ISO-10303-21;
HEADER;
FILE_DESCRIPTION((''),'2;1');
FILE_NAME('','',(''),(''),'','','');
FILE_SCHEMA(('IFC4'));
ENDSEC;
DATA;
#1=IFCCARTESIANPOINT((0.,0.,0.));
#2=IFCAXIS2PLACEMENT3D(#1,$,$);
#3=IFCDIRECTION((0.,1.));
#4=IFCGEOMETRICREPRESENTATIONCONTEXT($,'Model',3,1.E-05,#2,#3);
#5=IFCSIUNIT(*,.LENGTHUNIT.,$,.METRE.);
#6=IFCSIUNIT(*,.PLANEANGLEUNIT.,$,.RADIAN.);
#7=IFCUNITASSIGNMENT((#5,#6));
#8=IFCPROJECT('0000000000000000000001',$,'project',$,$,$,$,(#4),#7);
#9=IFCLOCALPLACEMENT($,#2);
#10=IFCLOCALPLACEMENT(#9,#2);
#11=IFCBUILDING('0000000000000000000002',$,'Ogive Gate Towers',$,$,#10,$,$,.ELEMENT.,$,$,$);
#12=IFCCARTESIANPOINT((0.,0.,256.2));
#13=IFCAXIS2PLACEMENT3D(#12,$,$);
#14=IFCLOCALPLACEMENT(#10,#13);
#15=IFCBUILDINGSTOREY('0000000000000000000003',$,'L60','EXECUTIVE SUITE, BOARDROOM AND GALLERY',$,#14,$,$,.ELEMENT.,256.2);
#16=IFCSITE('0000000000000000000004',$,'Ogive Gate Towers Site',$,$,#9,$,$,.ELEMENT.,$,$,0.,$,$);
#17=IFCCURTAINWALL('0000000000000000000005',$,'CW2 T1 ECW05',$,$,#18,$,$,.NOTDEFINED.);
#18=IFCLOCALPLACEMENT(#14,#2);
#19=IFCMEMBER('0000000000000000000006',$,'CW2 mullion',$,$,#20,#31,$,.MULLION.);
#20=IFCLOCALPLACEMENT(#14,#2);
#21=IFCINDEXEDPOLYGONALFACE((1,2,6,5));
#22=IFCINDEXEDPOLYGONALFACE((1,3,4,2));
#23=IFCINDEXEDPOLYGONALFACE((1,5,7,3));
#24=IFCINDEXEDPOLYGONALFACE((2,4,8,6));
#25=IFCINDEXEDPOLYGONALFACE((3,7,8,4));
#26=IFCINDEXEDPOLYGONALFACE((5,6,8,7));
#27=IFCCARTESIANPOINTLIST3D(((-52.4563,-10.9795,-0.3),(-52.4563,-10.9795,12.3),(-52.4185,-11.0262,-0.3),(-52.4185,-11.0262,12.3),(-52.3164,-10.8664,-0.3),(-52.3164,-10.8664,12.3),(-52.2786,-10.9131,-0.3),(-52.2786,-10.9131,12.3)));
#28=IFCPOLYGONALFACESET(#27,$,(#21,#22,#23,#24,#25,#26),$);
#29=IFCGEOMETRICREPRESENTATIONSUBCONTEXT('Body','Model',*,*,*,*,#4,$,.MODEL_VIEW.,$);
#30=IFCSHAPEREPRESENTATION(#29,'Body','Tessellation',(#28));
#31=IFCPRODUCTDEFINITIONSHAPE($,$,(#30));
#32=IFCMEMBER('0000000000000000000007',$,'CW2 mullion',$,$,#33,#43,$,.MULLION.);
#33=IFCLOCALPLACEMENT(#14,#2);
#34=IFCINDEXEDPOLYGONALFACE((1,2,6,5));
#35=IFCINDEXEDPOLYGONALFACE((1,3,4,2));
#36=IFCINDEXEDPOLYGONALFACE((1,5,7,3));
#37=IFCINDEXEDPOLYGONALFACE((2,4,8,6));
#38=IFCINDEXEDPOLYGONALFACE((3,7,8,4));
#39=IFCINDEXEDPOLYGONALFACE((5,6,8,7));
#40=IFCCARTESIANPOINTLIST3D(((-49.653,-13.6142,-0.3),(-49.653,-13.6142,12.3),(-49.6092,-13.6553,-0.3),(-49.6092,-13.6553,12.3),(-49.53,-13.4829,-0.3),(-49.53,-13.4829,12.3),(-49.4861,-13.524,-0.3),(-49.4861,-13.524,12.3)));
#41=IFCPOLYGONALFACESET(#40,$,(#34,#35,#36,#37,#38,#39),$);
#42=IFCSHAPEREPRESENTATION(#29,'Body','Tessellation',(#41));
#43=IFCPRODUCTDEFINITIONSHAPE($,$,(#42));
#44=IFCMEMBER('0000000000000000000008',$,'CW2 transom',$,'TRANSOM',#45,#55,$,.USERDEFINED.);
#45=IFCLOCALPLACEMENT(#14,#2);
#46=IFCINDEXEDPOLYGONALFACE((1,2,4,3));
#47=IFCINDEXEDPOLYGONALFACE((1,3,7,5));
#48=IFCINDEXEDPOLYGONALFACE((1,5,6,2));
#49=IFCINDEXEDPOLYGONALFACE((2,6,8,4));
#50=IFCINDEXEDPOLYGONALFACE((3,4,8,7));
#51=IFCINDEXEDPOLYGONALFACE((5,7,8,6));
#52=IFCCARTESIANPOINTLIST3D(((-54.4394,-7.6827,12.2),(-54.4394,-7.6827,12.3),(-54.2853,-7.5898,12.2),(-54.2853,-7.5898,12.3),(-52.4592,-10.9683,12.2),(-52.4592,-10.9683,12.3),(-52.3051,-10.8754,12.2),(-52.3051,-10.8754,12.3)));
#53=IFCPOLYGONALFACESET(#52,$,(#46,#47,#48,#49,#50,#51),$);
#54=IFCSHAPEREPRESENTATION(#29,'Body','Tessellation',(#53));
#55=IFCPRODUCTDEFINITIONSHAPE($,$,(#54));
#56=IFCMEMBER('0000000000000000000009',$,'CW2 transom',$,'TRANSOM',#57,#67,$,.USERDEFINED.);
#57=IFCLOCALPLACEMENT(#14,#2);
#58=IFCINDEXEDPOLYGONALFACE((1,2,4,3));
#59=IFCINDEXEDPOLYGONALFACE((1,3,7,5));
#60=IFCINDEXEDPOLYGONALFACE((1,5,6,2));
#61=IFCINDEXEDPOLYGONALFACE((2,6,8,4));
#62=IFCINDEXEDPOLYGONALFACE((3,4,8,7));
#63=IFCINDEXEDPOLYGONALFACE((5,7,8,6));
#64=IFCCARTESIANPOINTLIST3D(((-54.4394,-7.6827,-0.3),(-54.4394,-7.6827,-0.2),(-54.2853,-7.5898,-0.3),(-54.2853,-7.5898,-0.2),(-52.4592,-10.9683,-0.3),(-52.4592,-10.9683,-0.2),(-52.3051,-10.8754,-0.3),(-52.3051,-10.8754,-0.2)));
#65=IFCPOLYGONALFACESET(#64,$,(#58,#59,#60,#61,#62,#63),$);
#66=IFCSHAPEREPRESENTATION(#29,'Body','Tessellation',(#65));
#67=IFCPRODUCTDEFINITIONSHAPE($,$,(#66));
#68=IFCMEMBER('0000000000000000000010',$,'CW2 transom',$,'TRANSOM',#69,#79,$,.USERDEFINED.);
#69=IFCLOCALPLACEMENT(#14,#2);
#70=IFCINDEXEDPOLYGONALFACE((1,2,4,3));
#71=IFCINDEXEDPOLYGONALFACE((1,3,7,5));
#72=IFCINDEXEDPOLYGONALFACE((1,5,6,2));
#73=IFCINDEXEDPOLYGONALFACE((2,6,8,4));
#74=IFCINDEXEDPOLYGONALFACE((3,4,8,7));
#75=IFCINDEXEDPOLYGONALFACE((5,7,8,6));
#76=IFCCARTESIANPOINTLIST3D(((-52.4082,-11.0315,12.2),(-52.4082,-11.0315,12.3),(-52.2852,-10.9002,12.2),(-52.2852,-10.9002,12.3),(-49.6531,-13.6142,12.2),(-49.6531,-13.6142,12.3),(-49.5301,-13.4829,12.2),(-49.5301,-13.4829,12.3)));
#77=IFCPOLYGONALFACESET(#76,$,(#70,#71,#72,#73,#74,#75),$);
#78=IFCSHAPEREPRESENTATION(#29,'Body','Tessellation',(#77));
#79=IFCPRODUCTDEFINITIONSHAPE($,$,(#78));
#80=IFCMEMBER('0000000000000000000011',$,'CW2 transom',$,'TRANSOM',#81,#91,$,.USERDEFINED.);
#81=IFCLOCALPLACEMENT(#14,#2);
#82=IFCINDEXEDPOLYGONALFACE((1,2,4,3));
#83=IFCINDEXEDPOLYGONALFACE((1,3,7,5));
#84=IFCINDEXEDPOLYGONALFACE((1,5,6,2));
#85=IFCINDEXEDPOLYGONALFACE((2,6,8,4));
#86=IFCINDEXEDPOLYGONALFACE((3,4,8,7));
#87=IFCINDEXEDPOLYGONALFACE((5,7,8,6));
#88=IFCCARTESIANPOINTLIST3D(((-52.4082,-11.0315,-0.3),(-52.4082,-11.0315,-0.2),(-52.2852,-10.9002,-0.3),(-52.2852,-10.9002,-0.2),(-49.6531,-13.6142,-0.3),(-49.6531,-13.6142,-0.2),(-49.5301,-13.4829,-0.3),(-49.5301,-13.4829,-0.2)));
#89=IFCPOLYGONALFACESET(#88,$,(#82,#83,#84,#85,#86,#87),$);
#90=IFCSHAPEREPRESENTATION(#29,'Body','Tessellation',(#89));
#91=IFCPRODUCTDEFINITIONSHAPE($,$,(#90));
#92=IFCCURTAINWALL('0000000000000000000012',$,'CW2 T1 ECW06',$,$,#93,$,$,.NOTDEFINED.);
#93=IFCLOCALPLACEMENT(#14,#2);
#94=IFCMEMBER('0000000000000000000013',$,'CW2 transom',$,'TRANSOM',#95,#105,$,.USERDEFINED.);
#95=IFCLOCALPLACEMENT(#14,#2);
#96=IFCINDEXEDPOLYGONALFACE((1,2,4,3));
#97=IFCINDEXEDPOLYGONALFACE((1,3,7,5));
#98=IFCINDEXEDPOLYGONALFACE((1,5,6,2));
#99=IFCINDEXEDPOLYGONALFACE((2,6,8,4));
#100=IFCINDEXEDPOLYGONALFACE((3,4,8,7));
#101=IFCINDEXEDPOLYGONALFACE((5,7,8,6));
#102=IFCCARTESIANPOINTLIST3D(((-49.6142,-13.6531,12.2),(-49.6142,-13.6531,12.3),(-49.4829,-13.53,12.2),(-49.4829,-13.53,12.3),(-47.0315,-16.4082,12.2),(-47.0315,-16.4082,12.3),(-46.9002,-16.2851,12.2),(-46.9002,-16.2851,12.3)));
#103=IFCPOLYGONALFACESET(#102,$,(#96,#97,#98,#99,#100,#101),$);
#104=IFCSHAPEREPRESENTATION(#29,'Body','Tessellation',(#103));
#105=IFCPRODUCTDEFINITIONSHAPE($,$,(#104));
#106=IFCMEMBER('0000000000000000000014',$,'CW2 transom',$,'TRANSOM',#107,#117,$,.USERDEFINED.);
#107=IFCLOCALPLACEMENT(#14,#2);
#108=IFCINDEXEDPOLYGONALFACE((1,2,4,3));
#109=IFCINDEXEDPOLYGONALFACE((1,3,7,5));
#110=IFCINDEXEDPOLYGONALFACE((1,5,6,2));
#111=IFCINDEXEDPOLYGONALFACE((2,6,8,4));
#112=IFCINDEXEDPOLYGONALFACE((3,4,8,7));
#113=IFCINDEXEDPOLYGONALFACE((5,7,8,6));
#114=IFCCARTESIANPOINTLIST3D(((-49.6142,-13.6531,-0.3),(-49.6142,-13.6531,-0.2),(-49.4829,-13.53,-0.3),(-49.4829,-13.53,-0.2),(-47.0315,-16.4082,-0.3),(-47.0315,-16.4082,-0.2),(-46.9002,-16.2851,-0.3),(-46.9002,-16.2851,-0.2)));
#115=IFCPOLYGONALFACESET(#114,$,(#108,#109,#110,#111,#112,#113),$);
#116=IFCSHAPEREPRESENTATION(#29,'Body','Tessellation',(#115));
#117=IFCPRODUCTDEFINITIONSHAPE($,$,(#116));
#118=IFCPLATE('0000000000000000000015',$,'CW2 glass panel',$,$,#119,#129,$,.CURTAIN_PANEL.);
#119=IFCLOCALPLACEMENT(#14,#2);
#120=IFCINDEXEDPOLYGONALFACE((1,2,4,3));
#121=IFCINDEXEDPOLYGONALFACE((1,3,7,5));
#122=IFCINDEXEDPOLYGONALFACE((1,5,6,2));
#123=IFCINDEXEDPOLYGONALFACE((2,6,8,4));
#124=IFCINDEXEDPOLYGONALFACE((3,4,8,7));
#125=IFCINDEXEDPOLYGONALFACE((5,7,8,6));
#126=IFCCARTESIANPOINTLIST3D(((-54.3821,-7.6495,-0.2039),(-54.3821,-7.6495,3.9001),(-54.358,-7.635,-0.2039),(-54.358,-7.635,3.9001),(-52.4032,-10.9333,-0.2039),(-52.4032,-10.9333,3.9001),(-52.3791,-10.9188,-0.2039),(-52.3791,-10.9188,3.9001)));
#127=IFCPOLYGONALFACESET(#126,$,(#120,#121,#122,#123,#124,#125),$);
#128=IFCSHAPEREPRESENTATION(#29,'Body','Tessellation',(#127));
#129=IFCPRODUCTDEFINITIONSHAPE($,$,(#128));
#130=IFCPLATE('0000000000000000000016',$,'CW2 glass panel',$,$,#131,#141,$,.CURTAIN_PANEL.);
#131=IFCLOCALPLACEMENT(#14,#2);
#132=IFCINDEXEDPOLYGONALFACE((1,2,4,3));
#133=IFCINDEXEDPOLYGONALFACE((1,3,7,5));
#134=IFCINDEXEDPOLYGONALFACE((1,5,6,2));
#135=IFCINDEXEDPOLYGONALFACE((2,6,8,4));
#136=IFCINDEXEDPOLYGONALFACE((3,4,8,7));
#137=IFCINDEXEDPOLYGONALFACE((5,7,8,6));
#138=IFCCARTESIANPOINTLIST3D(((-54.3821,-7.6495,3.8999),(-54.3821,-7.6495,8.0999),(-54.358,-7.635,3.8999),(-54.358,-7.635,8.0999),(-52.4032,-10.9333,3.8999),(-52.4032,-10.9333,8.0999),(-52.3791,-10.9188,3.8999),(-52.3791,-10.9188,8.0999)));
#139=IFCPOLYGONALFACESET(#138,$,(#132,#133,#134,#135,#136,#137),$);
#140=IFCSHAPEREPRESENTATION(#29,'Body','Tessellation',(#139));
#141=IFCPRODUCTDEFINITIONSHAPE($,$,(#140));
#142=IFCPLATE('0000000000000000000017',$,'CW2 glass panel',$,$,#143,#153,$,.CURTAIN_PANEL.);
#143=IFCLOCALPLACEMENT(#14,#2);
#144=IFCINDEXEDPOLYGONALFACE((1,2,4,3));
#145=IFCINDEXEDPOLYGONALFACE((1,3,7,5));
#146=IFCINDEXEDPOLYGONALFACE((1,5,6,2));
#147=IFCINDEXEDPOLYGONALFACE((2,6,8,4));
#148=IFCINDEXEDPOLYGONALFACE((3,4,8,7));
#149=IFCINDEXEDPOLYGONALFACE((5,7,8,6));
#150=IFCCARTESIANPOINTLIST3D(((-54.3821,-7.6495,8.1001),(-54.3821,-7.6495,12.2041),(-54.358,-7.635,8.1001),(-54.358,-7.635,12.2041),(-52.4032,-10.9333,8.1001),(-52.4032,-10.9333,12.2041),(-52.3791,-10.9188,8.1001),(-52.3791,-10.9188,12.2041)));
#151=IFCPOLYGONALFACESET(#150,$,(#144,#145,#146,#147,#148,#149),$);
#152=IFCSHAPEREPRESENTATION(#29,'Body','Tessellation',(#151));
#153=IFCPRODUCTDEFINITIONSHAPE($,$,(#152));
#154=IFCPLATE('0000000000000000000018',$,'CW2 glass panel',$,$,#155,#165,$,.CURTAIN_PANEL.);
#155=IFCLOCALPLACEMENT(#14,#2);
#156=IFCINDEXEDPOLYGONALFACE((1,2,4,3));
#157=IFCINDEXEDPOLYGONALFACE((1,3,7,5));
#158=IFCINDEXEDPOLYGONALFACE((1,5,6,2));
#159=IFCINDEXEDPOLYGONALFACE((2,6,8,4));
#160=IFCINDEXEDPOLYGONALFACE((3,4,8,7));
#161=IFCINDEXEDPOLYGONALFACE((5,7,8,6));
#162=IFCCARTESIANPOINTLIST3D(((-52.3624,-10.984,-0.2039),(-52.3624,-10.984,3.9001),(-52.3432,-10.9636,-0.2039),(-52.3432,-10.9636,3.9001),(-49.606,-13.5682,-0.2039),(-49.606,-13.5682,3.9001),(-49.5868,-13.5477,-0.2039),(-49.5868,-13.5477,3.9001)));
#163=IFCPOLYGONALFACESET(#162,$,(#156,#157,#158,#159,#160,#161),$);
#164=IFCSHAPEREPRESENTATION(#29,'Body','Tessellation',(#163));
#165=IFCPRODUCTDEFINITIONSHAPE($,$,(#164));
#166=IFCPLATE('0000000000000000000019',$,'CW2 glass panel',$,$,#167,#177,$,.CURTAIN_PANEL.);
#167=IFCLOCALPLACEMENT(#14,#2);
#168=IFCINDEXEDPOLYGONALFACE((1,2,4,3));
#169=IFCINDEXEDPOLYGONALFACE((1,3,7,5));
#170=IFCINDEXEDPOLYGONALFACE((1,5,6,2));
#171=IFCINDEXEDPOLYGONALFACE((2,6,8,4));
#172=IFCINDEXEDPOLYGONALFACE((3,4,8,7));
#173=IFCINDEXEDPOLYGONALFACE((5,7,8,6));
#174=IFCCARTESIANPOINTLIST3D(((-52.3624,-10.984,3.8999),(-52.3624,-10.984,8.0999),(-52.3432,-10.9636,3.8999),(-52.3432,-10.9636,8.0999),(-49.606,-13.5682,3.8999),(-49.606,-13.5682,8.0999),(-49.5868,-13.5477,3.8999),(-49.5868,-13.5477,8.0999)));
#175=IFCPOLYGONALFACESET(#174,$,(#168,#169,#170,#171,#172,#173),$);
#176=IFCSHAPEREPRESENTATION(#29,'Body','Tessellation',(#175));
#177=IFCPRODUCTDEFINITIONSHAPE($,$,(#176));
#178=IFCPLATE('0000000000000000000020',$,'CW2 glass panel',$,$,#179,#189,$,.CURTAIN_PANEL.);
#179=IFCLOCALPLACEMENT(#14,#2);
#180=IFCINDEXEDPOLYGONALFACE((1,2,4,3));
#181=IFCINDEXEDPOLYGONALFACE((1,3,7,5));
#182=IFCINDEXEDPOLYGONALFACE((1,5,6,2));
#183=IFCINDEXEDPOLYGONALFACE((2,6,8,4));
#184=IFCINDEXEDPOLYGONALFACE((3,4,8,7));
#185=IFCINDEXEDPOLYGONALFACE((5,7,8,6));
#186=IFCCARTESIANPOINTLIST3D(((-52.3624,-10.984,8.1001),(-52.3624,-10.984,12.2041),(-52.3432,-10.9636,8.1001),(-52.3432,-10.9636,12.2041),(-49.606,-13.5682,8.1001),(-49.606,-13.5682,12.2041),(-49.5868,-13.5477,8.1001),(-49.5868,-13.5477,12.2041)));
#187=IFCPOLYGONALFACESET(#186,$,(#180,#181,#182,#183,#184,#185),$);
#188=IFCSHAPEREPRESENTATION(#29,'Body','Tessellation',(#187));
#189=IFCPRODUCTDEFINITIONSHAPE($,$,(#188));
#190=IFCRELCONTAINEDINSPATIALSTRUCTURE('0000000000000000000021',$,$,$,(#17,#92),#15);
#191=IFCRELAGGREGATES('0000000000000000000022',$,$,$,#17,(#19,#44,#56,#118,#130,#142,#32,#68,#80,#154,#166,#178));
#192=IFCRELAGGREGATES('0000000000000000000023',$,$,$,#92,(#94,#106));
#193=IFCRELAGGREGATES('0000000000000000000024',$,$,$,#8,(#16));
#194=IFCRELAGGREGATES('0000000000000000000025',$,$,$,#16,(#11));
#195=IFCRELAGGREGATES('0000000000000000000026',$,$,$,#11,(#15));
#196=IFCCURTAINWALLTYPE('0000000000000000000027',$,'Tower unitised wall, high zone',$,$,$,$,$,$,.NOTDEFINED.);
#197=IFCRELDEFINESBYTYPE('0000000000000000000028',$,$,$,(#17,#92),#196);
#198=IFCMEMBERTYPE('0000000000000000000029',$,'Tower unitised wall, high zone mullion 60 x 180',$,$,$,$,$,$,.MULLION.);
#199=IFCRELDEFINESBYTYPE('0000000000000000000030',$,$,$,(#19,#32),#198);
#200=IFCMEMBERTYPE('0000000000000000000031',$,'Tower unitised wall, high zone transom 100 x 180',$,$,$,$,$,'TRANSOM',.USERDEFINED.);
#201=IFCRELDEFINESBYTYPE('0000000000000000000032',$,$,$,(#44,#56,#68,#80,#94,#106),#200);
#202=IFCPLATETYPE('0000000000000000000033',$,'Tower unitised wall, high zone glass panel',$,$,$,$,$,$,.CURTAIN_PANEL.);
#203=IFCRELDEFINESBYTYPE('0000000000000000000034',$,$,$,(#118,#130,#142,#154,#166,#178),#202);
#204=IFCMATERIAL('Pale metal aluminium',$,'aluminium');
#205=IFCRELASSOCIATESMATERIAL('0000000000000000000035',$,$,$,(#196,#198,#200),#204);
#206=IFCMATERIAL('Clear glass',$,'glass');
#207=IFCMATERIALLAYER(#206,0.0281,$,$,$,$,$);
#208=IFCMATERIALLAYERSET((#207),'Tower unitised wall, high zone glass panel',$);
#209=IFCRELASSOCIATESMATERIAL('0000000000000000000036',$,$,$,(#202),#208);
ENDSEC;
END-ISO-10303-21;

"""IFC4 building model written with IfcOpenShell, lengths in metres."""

from ifc_helpers import new_model, si_unit, direction, frame, origin, origin_2d, place, context, subcontext, project, spatial, rectangle, extrude, material, layer, layer_set, material_profile, profile_set, type_object, element, aggregate, save


model = new_model("IFC4")

# Units and contexts
model_context = context("Model", 3, precision=1e-05, world=origin(), true_north=direction((0.0, 1.0)))
body_context = subcontext(model_context, "Body", "Model", "MODEL_VIEW")
ifc_project = project(units=[si_unit("LENGTHUNIT", "METRE"), si_unit("PLANEANGLEUNIT", "RADIAN")], contexts=[model_context])

# Site, building, storey
site_placement = place(None, origin())
site = spatial("IfcSite", under=ifc_project, at=site_placement, Name="Ogive Gate Towers Site", CompositionType="ELEMENT", RefElevation=0.0)
building_placement = place(site_placement, origin())
building = spatial("IfcBuilding", under=site, at=building_placement, Name="Ogive Gate Towers", CompositionType="ELEMENT")
storey_placement = place(building_placement, frame((0.0, 0.0, 256.2)))
storey = spatial("IfcBuildingStorey", under=building, at=storey_placement, Name="L60", Description="EXECUTIVE SUITE, BOARDROOM AND GALLERY", CompositionType="ELEMENT", Elevation=256.2)

# Curtain walls, members
ifc_material_1 = material(Name="Pale metal aluminium", Category="aluminium")
curtain_wall_type = type_object("IfcCurtainWallType", Name="Tower unitised wall, high zone", PredefinedType="NOTDEFINED", material=ifc_material_1)
curtain_wall_1_placement = place(storey_placement, origin())
curtain_wall_1 = element("IfcCurtainWall", 1, at=curtain_wall_1_placement, inside=storey, type_object=curtain_wall_type, Name="CW2 T1 ECW05", PredefinedType="NOTDEFINED")
ifc_material_profile_1 = material_profile(ifc_material_1, rectangle(XDim=0.1799, YDim=0.0601, at=origin_2d()), Name="60 x 180 aluminium box")
ifc_profile_set_1 = profile_set([ifc_material_profile_1], Name="Pale metal aluminium")
member_type_1 = type_object("IfcMemberType", Name="Tower unitised wall, high zone mullion 60 x 180", PredefinedType="MULLION", material=ifc_profile_set_1)
member_1_placement = place(storey_placement, frame((-52.3674, -10.9463, -0.3), z_axis=(0.0, 0.0, 1.0), x_axis=(-0.777574, -0.628791, 0.0)))
member_1 = element("IfcMember", 2, at=member_1_placement, type_object=member_type_1, Name="CW2 mullion", PredefinedType="MULLION", context=body_context, shape_type="SweptSolid", body=[
    extrude(rectangle(XDim=0.1799, YDim=0.0601, at=origin_2d()), origin(), (0.0, 0.0, 1.0), 12.6001),
])
member_2_placement = place(storey_placement, frame((-49.5696, -13.5691, -0.3), z_axis=(0.0, 0.0, 1.0), x_axis=(-0.683936, -0.729542, 0.0)))
member_2 = element("IfcMember", 3, at=member_2_placement, type_object=member_type_1, Name="CW2 mullion", PredefinedType="MULLION", context=body_context, shape_type="SweptSolid", body=[
    extrude(rectangle(XDim=0.1799, YDim=0.0601, at=origin_2d()), origin(), (0.0, 0.0, 1.0), 12.6001),
])
ifc_material_profile_2 = material_profile(ifc_material_1, rectangle(XDim=0.1799, YDim=0.1001, at=origin_2d()), Name="100 x 180 aluminium box")
ifc_profile_set_2 = profile_set([ifc_material_profile_2], Name="Pale metal aluminium")
member_type_2 = type_object("IfcMemberType", Name="Tower unitised wall, high zone transom 100 x 180", ElementType="TRANSOM", PredefinedType="USERDEFINED", material=ifc_profile_set_2)
member_3_placement = place(storey_placement, frame((-54.3623, -7.6362, 12.25), z_axis=(0.516189, -0.856475, 0.0), x_axis=(0.856475, 0.516189, 0.0)))
member_3 = element("IfcMember", 4, at=member_3_placement, type_object=member_type_2, Name="CW2 transom", ObjectType="TRANSOM", PredefinedType="USERDEFINED", context=body_context, shape_type="SweptSolid", body=[
    extrude(rectangle(XDim=0.1799, YDim=0.1001, at=origin_2d()), origin(), (0.0, 0.0, 1.0), 3.8362),
])
member_4_placement = place(storey_placement, frame((-54.3623, -7.6362, -0.25), z_axis=(0.516189, -0.856475, 0.0), x_axis=(0.856475, 0.516189, 0.0)))
member_4 = element("IfcMember", 5, at=member_4_placement, type_object=member_type_2, Name="CW2 transom", ObjectType="TRANSOM", PredefinedType="USERDEFINED", context=body_context, shape_type="SweptSolid", body=[
    extrude(rectangle(XDim=0.1799, YDim=0.1001, at=origin_2d()), origin(), (0.0, 0.0, 1.0), 3.8362),
])
member_5_placement = place(storey_placement, frame((-52.3467, -10.9658, 12.25), z_axis=(0.729559, -0.683917, 0.0), x_axis=(0.683917, 0.729559, 0.0)))
member_5 = element("IfcMember", 6, at=member_5_placement, type_object=member_type_2, Name="CW2 transom", ObjectType="TRANSOM", PredefinedType="USERDEFINED", context=body_context, shape_type="SweptSolid", body=[
    extrude(rectangle(XDim=0.1799, YDim=0.1001, at=origin_2d()), origin(), (0.0, 0.0, 1.0), 3.7764),
])
member_6_placement = place(storey_placement, frame((-52.3467, -10.9658, -0.25), z_axis=(0.729559, -0.683917, 0.0), x_axis=(0.683917, 0.729559, 0.0)))
member_6 = element("IfcMember", 7, at=member_6_placement, type_object=member_type_2, Name="CW2 transom", ObjectType="TRANSOM", PredefinedType="USERDEFINED", context=body_context, shape_type="SweptSolid", body=[
    extrude(rectangle(XDim=0.1799, YDim=0.1001, at=origin_2d()), origin(), (0.0, 0.0, 1.0), 3.7764),
])
curtain_wall_2_placement = place(storey_placement, origin())
curtain_wall_2 = element("IfcCurtainWall", 8, at=curtain_wall_2_placement, inside=storey, type_object=curtain_wall_type, Name="CW2 T1 ECW06", PredefinedType="NOTDEFINED")
member_7_placement = place(storey_placement, frame((-49.5486, -13.5916, 12.25), z_axis=(0.683917, -0.729559, 0.0), x_axis=(0.729559, 0.683917, 0.0)))
member_7 = element("IfcMember", 9, at=member_7_placement, type_object=member_type_2, Name="CW2 transom", ObjectType="TRANSOM", PredefinedType="USERDEFINED", context=body_context, shape_type="SweptSolid", body=[
    extrude(rectangle(XDim=0.1799, YDim=0.1001, at=origin_2d()), origin(), (0.0, 0.0, 1.0), 3.7764),
])
member_8_placement = place(storey_placement, frame((-49.5486, -13.5916, -0.25), z_axis=(0.683917, -0.729559, 0.0), x_axis=(0.729559, 0.683917, 0.0)))
member_8 = element("IfcMember", 10, at=member_8_placement, type_object=member_type_2, Name="CW2 transom", ObjectType="TRANSOM", PredefinedType="USERDEFINED", context=body_context, shape_type="SweptSolid", body=[
    extrude(rectangle(XDim=0.1799, YDim=0.1001, at=origin_2d()), origin(), (0.0, 0.0, 1.0), 3.7764),
])

# Plates
ifc_material_2 = material(Name="Clear glass", Category="glass")
ifc_layer_1 = layer(ifc_material_2, 0.0281)
ifc_layer_set_1 = layer_set([ifc_layer_1], Name="Tower unitised wall, high zone glass panel")
plate_type = type_object("IfcPlateType", Name="Tower unitised wall, high zone glass panel", PredefinedType="CURTAIN_PANEL", material=ifc_layer_set_1)
plate_1_placement = place(storey_placement, frame((-53.3806, -9.2842, -0.2039), z_axis=(0.0, 0.0, 1.0), x_axis=(0.516145, -0.856501, 0.0)))
plate_1 = element("IfcPlate", 11, at=plate_1_placement, type_object=plate_type, Name="CW2 glass panel", PredefinedType="CURTAIN_PANEL", context=body_context, shape_type="SweptSolid", body=[
    extrude(rectangle(XDim=3.834, YDim=0.0281, at=origin_2d()), origin(), (0.0, 0.0, 1.0), 4.104),
])
plate_2_placement = place(storey_placement, frame((-53.3806, -9.2842, 3.8999), z_axis=(0.0, 0.0, 1.0), x_axis=(0.516145, -0.856501, 0.0)))
plate_2 = element("IfcPlate", 12, at=plate_2_placement, type_object=plate_type, Name="CW2 glass panel", PredefinedType="CURTAIN_PANEL", context=body_context, shape_type="SweptSolid", body=[
    extrude(rectangle(XDim=3.834, YDim=0.0281, at=origin_2d()), origin(), (0.0, 0.0, 1.0), 4.2),
])
plate_3_placement = place(storey_placement, frame((-53.3806, -9.2842, 8.1001), z_axis=(0.0, 0.0, 1.0), x_axis=(0.516145, -0.856501, 0.0)))
plate_3 = element("IfcPlate", 13, at=plate_3_placement, type_object=plate_type, Name="CW2 glass panel", PredefinedType="CURTAIN_PANEL", context=body_context, shape_type="SweptSolid", body=[
    extrude(rectangle(XDim=3.834, YDim=0.0281, at=origin_2d()), origin(), (0.0, 0.0, 1.0), 4.104),
])
plate_4_placement = place(storey_placement, frame((-50.9746, -12.2659, -0.2039), z_axis=(0.0, 0.0, 1.0), x_axis=(0.729542, -0.683936, 0.0)))
plate_4 = element("IfcPlate", 14, at=plate_4_placement, type_object=plate_type, Name="CW2 glass panel", PredefinedType="CURTAIN_PANEL", context=body_context, shape_type="SweptSolid", body=[
    extrude(rectangle(XDim=3.7783, YDim=0.0281, at=origin_2d()), origin(), (0.0, 0.0, 1.0), 4.104),
])
plate_5_placement = place(storey_placement, frame((-50.9746, -12.2659, 3.8999), z_axis=(0.0, 0.0, 1.0), x_axis=(0.729542, -0.683936, 0.0)))
plate_5 = element("IfcPlate", 15, at=plate_5_placement, type_object=plate_type, Name="CW2 glass panel", PredefinedType="CURTAIN_PANEL", context=body_context, shape_type="SweptSolid", body=[
    extrude(rectangle(XDim=3.7783, YDim=0.0281, at=origin_2d()), origin(), (0.0, 0.0, 1.0), 4.2),
])
plate_6_placement = place(storey_placement, frame((-50.9746, -12.2659, 8.1001), z_axis=(0.0, 0.0, 1.0), x_axis=(0.729542, -0.683936, 0.0)))
plate_6 = element("IfcPlate", 16, at=plate_6_placement, type_object=plate_type, Name="CW2 glass panel", PredefinedType="CURTAIN_PANEL", context=body_context, shape_type="SweptSolid", body=[
    extrude(rectangle(XDim=3.7783, YDim=0.0281, at=origin_2d()), origin(), (0.0, 0.0, 1.0), 4.104),
])
aggregate(curtain_wall_1, [member_1, member_3, member_4, plate_1, plate_2, plate_3, member_2, member_5, member_6, plate_4, plate_5, plate_6])
aggregate(curtain_wall_2, [member_7, member_8])

save(model, "model.ifc")
